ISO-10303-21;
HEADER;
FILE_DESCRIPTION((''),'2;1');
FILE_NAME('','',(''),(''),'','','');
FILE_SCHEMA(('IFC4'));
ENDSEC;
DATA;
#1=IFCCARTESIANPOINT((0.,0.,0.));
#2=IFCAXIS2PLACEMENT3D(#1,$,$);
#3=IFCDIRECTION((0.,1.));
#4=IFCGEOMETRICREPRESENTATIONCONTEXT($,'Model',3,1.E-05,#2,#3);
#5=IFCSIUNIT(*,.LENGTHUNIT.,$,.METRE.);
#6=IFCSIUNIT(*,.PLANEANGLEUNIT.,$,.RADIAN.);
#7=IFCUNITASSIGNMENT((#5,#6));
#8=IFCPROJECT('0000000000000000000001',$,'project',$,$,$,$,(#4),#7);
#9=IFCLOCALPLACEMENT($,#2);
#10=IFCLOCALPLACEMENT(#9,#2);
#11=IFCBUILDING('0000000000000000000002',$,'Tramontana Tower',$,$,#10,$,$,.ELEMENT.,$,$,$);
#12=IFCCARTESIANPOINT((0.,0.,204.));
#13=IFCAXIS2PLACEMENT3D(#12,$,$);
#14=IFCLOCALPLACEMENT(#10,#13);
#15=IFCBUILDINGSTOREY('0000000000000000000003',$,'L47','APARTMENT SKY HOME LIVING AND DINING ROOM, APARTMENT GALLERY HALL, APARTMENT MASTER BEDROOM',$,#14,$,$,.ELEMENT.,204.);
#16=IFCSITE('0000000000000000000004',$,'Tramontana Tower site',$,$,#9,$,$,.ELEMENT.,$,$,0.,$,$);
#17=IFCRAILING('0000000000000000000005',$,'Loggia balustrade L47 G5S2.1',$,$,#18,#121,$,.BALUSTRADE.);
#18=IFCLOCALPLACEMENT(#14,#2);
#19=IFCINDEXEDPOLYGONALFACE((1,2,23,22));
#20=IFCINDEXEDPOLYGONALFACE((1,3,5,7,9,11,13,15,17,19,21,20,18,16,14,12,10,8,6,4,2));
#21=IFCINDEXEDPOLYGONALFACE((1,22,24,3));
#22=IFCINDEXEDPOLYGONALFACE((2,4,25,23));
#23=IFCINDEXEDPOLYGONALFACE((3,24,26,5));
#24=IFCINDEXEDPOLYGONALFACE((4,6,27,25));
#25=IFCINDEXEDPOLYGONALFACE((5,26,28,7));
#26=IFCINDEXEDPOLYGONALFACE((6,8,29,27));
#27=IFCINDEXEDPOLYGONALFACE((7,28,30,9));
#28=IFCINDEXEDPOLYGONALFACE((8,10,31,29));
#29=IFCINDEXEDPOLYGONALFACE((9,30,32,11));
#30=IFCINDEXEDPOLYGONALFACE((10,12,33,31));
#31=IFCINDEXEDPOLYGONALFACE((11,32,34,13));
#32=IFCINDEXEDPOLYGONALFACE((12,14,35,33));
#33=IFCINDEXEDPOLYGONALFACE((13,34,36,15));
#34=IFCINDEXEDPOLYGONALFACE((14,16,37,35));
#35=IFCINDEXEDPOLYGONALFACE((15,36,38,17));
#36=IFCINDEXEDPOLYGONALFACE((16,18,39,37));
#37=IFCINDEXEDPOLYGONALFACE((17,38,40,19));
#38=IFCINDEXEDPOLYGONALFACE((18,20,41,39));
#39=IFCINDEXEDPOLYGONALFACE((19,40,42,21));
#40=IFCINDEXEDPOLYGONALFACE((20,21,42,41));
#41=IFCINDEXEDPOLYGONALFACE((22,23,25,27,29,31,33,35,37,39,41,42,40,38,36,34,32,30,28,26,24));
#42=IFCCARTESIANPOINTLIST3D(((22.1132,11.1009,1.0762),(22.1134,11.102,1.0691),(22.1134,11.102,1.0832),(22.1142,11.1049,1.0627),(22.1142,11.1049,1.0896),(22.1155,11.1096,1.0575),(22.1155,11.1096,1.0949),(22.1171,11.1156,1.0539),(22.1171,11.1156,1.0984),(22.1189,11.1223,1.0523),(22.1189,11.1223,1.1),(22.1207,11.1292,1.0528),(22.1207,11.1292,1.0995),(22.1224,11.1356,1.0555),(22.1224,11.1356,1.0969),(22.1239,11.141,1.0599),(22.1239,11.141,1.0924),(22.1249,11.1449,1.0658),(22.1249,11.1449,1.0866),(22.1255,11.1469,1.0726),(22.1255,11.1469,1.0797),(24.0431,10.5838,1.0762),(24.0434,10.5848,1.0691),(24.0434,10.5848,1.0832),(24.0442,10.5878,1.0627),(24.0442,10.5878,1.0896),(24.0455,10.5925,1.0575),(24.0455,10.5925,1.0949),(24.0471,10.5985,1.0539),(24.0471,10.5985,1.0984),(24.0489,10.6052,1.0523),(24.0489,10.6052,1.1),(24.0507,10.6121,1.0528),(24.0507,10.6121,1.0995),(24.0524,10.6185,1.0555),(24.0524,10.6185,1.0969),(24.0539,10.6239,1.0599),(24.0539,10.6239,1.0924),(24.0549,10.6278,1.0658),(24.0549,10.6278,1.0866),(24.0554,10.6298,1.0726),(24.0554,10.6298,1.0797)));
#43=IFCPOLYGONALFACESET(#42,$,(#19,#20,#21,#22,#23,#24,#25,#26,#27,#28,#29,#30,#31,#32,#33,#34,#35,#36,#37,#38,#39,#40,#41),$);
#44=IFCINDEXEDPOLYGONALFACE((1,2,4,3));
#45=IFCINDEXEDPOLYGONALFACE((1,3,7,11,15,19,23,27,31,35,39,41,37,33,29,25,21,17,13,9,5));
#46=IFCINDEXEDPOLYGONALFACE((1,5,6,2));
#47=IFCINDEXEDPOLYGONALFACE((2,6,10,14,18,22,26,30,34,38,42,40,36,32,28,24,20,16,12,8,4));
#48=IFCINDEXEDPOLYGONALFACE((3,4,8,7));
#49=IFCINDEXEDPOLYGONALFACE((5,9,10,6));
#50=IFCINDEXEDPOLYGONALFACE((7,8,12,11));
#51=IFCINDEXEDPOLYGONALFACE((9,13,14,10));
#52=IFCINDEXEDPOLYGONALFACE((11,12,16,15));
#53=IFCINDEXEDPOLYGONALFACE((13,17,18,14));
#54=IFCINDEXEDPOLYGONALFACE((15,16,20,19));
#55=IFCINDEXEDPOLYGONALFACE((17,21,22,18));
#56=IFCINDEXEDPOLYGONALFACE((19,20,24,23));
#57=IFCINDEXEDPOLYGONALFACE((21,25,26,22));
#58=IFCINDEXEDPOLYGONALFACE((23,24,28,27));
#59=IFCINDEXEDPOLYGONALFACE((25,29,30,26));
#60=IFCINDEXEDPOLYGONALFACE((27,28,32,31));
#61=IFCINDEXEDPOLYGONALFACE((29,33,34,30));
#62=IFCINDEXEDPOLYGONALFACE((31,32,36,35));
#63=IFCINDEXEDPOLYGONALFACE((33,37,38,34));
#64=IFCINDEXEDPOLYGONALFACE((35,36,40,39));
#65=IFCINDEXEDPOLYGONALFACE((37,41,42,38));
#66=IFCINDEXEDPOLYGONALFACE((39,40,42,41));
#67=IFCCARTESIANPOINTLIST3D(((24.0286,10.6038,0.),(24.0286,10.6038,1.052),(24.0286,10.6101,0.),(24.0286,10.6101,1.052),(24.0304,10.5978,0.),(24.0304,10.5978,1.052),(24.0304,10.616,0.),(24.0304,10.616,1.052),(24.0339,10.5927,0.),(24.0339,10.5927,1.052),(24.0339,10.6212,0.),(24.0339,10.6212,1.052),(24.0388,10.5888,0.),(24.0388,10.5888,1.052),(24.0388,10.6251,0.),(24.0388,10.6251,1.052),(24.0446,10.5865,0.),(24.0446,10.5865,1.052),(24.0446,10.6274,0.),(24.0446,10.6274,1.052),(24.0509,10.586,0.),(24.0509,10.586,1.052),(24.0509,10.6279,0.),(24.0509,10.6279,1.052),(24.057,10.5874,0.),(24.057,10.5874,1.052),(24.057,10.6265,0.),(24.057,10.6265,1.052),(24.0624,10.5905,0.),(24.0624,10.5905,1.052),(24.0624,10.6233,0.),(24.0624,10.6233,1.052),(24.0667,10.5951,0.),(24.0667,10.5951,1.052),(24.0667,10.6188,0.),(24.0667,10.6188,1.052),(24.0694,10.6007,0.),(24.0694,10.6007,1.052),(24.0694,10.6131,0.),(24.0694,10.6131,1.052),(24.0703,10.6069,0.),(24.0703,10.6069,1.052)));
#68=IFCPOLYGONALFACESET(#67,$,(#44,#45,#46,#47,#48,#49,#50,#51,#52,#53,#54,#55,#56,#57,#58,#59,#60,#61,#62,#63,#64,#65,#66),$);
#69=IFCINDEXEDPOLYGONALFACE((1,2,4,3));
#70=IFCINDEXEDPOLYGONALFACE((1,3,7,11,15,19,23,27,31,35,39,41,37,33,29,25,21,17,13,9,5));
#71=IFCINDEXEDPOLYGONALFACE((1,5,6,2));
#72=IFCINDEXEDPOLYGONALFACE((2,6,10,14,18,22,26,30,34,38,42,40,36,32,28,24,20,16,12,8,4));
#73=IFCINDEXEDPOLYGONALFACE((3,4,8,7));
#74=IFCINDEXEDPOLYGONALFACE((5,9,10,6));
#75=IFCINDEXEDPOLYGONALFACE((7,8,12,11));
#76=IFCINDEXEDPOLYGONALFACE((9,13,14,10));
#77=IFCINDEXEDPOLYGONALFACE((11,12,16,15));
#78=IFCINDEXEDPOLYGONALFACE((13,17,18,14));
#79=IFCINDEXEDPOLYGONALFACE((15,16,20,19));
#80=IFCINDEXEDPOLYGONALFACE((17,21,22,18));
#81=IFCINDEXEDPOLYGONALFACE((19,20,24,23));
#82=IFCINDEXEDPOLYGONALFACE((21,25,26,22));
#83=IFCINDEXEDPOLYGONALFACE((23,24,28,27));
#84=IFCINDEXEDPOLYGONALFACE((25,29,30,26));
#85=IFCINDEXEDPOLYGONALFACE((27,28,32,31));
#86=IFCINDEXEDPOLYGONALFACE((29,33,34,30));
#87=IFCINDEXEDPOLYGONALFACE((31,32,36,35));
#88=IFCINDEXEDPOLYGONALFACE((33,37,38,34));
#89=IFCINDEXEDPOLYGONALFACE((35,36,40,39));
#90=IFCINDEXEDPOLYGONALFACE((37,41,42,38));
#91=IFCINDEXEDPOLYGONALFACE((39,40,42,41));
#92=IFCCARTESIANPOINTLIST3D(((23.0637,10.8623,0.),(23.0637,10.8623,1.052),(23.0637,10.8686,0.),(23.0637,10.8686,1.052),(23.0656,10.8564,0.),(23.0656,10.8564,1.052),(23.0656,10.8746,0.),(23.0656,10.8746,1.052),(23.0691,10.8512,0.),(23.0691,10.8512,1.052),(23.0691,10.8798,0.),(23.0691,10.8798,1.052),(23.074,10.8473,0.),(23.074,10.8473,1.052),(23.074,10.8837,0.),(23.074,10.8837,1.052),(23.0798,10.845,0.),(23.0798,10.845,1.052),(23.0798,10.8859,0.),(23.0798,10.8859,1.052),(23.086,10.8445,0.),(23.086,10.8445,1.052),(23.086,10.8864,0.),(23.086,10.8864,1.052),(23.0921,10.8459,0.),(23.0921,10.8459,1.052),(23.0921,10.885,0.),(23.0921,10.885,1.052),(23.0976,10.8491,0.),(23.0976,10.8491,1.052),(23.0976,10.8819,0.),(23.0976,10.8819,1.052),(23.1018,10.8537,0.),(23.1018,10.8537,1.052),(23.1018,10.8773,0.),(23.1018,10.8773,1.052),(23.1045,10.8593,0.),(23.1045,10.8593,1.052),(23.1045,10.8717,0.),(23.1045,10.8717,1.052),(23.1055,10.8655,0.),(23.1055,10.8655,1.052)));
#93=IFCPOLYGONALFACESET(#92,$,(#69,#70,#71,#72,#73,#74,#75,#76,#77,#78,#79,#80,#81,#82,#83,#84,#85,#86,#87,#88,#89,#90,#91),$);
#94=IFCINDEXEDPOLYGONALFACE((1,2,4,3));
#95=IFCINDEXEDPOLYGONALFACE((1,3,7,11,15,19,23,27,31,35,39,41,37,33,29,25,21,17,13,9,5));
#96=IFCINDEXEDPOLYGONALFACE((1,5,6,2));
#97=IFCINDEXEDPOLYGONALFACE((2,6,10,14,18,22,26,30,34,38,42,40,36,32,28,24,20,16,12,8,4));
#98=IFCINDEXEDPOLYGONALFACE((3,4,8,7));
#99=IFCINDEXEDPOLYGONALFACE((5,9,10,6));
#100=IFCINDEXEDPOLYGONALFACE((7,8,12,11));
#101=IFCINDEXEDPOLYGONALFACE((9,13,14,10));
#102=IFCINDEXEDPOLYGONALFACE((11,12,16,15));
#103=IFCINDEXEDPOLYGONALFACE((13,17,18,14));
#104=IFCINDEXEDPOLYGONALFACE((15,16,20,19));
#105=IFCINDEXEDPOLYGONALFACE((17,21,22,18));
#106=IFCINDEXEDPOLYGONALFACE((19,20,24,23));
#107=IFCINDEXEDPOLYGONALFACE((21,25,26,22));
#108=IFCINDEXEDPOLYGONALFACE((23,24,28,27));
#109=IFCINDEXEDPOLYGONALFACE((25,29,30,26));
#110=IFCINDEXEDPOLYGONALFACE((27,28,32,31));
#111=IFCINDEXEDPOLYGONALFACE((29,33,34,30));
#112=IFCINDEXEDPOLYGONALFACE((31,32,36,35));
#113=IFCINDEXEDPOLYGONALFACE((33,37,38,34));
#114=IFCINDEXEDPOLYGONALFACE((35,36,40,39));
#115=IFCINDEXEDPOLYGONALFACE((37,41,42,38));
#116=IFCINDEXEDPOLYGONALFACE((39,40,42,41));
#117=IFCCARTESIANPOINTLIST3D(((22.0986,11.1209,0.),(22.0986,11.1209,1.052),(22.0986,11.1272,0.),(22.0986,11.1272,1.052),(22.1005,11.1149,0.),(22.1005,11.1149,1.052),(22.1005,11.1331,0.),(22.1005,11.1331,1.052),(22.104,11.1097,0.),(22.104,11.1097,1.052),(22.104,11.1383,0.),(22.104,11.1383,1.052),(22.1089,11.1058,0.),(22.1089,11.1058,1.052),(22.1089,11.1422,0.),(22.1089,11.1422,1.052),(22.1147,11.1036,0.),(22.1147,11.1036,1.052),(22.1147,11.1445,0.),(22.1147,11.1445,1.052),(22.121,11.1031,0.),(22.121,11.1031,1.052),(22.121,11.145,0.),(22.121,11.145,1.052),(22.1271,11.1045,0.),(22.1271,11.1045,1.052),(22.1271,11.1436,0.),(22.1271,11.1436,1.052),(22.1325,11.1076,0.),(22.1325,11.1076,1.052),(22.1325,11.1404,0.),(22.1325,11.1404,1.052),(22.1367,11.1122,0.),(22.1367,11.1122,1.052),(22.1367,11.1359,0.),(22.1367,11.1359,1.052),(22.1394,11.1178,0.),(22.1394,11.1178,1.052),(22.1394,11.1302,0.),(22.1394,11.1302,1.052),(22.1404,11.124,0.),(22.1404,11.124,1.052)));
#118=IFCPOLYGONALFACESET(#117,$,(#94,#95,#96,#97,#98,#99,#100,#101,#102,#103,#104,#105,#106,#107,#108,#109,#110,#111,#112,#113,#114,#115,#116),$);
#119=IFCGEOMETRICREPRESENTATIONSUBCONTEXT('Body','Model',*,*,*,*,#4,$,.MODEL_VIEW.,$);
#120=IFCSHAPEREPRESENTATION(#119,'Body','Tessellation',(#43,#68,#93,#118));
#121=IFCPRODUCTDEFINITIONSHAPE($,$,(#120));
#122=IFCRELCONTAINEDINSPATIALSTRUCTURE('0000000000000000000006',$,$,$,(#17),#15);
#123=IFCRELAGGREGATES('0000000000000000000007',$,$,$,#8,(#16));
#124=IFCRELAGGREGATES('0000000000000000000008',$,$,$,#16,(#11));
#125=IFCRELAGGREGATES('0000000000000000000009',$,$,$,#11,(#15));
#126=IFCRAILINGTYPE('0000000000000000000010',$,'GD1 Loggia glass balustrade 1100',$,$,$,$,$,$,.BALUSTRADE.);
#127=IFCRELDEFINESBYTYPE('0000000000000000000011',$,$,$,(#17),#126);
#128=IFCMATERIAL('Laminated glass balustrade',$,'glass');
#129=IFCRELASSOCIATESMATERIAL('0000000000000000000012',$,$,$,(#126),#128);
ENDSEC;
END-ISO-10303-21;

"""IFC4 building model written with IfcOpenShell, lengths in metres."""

from ifc_helpers import new_model, si_unit, direction, frame, origin, origin_2d, place, context, subcontext, project, spatial, circle, extrude, material, type_object, element, save


model = new_model("IFC4")

# Units and contexts
model_context = context("Model", 3, precision=1e-05, world=origin(), true_north=direction((0.0, 1.0)))
body_context = subcontext(model_context, "Body", "Model", "MODEL_VIEW")
ifc_project = project(units=[si_unit("LENGTHUNIT", "METRE"), si_unit("PLANEANGLEUNIT", "RADIAN")], contexts=[model_context])

# Site, building, storey
site_placement = place(None, origin())
site = spatial("IfcSite", under=ifc_project, at=site_placement, Name="Tramontana Tower site", CompositionType="ELEMENT", RefElevation=0.0)
building_placement = place(site_placement, origin())
building = spatial("IfcBuilding", under=site, at=building_placement, Name="Tramontana Tower", CompositionType="ELEMENT")
storey_placement = place(building_placement, frame((0.0, 0.0, 204.0)))
storey = spatial("IfcBuildingStorey", under=building, at=storey_placement, Name="L47", Description="APARTMENT SKY HOME LIVING AND DINING ROOM, APARTMENT GALLERY HALL, APARTMENT MASTER BEDROOM", CompositionType="ELEMENT", Elevation=204.0)

# Railing
ifc_material_1 = material(Name="Laminated glass balustrade", Category="glass")
railing_type = type_object("IfcRailingType", Name="GD1 Loggia glass balustrade 1100", PredefinedType="BALUSTRADE", material=ifc_material_1)
railing_1_placement = place(storey_placement, frame((24.0493, 10.6069, 0.0)))
element("IfcRailing", 1, at=railing_1_placement, inside=storey, type_object=railing_type, Name="Loggia balustrade L47 G5S2.1", PredefinedType="BALUSTRADE", context=body_context, shape_type="SweptSolid", body=[
    extrude(circle(Radius=0.0239, at=origin_2d()), frame((0.0, 0.0, 1.0762), z_axis=(-0.96593, 0.258803, 0.0), x_axis=(-0.258803, -0.96593, 0.0)), (0.0, 0.0, 1.0), 1.998),
    extrude(circle(Radius=0.021, at=origin_2d()), origin(), (0.0, 0.0, 1.0), 1.052),
    extrude(circle(Radius=0.021, at=origin_2d()), frame((-0.9648, 0.2585, 0.0)), (0.0, 0.0, 1.0), 1.052),
    extrude(circle(Radius=0.021, at=origin_2d()), frame((-1.9299, 0.5171, 0.0)), (0.0, 0.0, 1.0), 1.052),
])

save(model, "model.ifc")
